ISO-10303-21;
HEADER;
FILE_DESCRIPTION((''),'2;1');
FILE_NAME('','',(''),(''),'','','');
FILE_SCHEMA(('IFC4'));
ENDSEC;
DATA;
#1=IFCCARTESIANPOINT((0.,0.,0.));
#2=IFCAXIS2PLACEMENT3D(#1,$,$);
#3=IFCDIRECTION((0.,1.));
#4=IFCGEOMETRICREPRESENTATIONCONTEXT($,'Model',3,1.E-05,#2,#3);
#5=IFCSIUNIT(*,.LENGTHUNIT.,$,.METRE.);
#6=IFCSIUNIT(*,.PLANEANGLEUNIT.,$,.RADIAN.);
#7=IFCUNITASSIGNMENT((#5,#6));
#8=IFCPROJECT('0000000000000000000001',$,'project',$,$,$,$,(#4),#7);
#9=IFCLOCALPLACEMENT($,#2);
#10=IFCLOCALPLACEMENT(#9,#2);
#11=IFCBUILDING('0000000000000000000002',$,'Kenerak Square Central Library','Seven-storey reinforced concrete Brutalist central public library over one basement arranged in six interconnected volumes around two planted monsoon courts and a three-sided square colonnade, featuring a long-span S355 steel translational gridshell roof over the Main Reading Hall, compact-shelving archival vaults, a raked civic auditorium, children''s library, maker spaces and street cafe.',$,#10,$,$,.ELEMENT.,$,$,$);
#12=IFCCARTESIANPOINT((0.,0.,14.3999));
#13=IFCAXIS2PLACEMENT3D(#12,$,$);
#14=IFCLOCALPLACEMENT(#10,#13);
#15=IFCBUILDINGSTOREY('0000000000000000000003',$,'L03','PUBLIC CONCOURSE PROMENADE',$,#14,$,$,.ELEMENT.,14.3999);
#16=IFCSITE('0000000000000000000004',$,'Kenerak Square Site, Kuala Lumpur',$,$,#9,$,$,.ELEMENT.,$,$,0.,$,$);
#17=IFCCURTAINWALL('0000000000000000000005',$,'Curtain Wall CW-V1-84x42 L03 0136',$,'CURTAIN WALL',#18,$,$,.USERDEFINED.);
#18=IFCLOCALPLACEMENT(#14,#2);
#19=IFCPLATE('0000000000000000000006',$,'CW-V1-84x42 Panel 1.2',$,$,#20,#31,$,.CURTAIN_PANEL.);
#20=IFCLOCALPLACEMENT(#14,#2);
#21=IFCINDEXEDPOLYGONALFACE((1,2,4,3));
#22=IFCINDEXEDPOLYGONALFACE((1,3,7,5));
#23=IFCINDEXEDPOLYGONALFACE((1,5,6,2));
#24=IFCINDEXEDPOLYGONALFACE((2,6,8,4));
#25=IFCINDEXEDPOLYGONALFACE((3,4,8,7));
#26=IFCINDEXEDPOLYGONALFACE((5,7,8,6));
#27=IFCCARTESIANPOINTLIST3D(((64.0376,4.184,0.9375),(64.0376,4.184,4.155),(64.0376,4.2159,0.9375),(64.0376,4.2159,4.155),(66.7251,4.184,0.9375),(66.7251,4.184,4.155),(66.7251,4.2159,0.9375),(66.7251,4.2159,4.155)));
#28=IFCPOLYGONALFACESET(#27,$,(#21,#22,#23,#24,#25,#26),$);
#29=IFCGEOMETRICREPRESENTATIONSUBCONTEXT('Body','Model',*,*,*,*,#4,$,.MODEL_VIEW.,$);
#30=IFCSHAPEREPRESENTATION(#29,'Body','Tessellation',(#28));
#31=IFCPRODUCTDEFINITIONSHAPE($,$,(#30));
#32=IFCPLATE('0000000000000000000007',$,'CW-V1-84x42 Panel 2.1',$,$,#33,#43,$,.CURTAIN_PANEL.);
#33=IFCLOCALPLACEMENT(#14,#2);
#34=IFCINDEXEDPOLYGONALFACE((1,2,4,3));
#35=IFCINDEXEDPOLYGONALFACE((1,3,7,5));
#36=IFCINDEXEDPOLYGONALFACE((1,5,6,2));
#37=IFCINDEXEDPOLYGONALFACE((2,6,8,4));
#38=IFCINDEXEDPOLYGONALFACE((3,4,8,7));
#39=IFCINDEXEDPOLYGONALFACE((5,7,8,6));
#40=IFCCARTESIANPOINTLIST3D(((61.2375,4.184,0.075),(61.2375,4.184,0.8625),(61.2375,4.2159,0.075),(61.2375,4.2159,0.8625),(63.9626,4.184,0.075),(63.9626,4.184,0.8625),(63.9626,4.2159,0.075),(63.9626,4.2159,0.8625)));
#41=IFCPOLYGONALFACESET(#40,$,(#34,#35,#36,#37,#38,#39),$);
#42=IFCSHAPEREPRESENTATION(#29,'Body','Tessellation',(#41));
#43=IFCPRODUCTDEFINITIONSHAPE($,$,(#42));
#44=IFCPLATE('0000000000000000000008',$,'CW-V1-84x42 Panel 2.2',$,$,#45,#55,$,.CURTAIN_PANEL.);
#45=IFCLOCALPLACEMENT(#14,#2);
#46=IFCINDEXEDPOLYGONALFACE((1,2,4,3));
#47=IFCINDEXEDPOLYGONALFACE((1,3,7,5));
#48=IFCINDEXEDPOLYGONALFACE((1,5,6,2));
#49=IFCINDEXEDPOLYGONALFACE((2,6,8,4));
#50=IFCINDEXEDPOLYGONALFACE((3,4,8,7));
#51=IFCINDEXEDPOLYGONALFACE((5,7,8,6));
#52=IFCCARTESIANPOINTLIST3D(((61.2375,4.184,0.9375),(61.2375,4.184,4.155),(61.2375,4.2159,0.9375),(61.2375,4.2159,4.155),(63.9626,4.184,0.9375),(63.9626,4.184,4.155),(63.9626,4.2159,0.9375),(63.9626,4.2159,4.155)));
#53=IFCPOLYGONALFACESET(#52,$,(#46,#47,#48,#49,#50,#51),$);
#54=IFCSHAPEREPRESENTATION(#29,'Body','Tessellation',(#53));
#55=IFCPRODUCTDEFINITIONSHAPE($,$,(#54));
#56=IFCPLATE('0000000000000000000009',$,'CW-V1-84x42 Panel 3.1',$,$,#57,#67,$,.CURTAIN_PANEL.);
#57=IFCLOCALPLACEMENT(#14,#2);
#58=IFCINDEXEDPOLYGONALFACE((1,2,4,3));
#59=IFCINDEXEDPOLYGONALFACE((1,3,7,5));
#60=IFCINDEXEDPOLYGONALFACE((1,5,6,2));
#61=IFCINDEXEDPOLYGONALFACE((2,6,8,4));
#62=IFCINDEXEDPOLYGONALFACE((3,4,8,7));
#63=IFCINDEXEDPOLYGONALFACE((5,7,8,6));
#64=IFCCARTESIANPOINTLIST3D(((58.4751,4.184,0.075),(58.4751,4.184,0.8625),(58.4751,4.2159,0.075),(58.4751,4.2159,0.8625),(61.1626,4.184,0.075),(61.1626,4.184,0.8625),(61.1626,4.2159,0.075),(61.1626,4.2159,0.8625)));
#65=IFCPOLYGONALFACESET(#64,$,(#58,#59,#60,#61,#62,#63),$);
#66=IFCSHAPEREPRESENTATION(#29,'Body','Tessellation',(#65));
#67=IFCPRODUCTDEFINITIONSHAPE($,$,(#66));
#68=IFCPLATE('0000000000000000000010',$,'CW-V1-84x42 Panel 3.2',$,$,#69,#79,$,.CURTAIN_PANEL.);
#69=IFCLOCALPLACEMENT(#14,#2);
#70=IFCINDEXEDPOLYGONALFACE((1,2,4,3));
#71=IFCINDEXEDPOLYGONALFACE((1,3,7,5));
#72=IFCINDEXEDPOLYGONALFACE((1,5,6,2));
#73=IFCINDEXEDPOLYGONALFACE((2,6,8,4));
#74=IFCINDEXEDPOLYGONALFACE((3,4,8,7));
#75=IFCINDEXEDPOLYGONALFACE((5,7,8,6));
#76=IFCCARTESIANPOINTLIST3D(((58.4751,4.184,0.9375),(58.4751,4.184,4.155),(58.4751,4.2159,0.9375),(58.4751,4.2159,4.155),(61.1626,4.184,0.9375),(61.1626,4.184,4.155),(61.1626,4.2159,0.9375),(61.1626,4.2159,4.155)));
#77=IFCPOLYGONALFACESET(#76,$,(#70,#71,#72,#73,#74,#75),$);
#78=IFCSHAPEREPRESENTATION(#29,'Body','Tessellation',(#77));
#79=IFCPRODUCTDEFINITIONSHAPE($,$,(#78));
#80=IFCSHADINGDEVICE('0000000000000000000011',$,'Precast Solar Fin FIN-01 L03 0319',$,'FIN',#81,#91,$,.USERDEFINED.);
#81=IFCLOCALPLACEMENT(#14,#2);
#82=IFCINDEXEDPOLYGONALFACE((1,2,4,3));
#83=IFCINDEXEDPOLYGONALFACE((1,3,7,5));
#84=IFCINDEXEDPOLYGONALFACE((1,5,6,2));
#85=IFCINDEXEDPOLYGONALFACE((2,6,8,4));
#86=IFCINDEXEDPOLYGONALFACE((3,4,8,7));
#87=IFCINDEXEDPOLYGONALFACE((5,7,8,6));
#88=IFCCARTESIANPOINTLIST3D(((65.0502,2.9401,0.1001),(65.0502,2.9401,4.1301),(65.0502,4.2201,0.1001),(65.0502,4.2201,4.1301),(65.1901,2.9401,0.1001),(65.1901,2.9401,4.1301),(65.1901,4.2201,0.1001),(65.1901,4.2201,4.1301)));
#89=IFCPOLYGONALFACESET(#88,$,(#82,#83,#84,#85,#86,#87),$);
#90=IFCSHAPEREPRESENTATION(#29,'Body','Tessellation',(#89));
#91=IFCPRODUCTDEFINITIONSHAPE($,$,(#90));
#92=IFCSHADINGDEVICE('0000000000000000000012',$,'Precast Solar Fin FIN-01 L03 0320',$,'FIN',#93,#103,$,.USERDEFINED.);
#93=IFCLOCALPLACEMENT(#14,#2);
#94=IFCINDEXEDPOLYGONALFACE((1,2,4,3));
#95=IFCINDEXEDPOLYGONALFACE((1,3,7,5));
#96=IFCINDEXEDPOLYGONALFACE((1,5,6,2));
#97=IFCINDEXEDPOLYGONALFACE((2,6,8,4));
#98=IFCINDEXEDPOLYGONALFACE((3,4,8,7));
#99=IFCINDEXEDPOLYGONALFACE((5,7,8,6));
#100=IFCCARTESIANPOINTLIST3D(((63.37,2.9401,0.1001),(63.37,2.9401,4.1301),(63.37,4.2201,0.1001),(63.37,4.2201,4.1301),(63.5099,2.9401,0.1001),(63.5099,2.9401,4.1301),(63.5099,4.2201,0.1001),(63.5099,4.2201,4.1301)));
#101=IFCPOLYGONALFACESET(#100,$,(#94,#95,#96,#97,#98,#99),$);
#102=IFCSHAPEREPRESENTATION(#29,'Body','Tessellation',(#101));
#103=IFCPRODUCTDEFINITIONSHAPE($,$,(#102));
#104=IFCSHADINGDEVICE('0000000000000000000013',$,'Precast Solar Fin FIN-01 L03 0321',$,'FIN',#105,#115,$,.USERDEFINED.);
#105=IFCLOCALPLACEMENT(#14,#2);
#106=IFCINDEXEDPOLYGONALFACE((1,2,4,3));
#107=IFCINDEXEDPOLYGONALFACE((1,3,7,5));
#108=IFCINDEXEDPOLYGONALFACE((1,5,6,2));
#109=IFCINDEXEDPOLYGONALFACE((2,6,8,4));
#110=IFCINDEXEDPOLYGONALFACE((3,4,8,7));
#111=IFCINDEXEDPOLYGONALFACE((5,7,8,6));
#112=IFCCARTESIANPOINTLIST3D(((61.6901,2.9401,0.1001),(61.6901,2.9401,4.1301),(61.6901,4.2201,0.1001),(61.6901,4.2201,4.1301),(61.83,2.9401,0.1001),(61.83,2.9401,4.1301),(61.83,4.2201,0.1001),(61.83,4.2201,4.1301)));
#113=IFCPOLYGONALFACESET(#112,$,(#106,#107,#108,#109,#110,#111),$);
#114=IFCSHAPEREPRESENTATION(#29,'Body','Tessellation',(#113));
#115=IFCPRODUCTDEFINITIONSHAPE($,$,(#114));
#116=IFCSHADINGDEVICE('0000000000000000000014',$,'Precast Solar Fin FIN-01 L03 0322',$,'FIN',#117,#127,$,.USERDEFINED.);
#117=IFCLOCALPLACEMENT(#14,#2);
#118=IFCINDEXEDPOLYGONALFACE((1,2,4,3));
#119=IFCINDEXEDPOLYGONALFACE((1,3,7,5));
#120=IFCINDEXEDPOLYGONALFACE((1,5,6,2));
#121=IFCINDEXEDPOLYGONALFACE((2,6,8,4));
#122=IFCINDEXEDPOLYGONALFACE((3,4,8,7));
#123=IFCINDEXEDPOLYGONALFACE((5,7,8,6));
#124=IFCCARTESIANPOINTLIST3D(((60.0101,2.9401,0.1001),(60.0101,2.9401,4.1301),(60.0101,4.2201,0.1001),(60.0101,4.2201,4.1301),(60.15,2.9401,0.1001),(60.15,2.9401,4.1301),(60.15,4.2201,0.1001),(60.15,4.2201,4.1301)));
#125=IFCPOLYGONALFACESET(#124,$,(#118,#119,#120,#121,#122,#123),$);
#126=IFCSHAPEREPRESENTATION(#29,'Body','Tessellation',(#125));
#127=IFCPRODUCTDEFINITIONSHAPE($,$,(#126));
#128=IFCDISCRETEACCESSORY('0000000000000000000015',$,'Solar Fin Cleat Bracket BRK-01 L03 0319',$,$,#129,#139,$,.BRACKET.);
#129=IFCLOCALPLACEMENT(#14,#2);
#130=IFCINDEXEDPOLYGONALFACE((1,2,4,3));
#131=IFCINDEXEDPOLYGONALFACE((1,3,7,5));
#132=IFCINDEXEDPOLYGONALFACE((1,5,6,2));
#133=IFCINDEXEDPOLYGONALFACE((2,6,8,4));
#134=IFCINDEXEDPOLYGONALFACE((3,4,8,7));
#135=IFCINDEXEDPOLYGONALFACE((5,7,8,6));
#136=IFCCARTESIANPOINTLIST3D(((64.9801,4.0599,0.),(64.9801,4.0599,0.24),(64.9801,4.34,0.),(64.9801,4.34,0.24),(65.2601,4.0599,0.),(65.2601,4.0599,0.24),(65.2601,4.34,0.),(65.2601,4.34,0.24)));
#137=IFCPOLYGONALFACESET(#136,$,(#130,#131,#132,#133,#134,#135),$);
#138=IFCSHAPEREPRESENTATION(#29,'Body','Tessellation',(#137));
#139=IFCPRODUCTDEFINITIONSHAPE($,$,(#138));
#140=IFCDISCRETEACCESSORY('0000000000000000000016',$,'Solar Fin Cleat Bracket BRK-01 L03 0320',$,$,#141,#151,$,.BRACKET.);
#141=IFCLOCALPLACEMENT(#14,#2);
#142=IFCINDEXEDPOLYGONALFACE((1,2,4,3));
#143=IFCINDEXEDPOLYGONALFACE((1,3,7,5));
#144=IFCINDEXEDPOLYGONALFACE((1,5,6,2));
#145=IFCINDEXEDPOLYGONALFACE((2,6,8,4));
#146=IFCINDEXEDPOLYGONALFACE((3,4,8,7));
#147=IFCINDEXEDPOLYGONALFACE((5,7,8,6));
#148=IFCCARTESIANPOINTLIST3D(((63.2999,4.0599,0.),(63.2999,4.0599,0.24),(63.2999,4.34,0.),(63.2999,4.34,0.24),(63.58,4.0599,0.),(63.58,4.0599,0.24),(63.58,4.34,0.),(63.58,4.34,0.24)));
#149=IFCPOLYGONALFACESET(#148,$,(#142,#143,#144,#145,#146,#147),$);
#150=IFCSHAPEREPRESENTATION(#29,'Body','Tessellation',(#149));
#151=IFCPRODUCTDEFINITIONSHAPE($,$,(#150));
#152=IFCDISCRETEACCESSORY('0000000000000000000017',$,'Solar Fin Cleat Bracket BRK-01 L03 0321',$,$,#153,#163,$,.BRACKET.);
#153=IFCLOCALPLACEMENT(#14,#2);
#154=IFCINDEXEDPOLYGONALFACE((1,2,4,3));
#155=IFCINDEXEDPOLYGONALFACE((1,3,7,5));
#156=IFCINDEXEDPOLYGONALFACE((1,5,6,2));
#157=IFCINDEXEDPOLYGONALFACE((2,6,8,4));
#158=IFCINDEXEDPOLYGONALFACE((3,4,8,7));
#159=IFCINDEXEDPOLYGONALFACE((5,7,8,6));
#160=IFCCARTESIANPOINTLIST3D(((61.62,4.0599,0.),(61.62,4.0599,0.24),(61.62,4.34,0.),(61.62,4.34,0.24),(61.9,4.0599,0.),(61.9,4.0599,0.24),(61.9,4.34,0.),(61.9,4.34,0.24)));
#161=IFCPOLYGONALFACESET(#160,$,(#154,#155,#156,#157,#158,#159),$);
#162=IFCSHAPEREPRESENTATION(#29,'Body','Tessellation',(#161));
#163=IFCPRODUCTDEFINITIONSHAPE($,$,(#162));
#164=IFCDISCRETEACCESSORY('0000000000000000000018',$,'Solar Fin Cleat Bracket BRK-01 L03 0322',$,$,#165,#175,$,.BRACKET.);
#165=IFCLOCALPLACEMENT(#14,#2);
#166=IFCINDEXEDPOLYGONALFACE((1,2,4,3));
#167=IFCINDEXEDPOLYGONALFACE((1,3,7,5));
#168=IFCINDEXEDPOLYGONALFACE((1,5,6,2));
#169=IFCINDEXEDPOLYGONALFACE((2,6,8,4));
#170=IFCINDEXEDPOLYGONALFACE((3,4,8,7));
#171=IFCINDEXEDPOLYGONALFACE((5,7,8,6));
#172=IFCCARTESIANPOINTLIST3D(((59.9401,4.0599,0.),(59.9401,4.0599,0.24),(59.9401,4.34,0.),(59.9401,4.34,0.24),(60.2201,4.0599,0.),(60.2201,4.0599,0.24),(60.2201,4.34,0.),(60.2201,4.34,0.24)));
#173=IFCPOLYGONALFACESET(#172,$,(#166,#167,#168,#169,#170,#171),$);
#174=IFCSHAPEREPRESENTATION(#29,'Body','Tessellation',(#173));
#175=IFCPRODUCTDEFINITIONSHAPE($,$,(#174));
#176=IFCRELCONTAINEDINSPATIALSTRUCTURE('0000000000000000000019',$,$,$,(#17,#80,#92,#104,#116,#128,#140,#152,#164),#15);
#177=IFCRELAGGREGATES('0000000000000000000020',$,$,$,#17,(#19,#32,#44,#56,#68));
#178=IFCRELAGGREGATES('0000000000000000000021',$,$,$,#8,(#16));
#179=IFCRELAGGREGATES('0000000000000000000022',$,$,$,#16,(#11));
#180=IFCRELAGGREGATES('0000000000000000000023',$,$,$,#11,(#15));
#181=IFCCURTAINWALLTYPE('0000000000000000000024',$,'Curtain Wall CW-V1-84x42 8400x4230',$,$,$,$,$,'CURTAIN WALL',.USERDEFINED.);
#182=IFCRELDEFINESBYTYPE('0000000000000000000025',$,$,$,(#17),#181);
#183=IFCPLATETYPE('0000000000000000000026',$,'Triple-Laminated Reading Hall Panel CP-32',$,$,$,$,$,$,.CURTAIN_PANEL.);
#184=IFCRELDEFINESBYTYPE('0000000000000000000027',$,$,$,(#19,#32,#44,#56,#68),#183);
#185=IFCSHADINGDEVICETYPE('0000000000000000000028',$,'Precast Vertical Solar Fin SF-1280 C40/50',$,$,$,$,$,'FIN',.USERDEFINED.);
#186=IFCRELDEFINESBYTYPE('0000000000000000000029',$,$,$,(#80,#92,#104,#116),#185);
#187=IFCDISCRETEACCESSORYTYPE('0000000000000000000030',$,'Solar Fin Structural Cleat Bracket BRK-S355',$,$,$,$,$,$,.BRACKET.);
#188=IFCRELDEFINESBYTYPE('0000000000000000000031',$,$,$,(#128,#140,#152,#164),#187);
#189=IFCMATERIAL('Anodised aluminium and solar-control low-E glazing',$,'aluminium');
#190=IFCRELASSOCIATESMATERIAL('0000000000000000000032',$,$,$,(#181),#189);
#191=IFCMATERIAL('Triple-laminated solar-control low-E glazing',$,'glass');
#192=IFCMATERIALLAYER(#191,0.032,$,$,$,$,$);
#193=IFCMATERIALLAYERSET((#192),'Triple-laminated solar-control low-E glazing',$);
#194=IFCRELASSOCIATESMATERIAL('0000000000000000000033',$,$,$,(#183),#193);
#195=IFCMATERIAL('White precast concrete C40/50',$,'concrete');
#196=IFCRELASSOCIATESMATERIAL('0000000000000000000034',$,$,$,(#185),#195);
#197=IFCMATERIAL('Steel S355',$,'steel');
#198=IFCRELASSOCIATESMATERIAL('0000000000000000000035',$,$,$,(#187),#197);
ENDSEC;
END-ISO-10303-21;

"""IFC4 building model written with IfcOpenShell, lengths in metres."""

from ifc_helpers import new_model, si_unit, direction, frame, origin, origin_2d, place, context, subcontext, project, spatial, rectangle, extrude, material, layer, layer_set, type_object, element, aggregate, save


model = new_model("IFC4")

# Units and contexts
model_context = context("Model", 3, precision=1e-05, world=origin(), true_north=direction((0.0, 1.0)))
body_context = subcontext(model_context, "Body", "Model", "MODEL_VIEW")
ifc_project = project(units=[si_unit("LENGTHUNIT", "METRE"), si_unit("PLANEANGLEUNIT", "RADIAN")], contexts=[model_context])

# Site, building, storey
site_placement = place(None, origin())
site = spatial("IfcSite", under=ifc_project, at=site_placement, Name="Kenerak Square Site, Kuala Lumpur", CompositionType="ELEMENT", RefElevation=0.0)
building_placement = place(site_placement, origin())
building = spatial("IfcBuilding", under=site, at=building_placement, Name="Kenerak Square Central Library", Description="Seven-storey reinforced concrete Brutalist central public library over one basement arranged in six interconnected volumes around two planted monsoon courts and a three-sided square colonnade, featuring a long-span S355 steel translational gridshell roof over the Main Reading Hall, compact-shelving archival vaults, a raked civic auditorium, children's library, maker spaces and street cafe.", CompositionType="ELEMENT")
storey_placement = place(building_placement, frame((0.0, 0.0, 14.3999)))
storey = spatial("IfcBuildingStorey", under=building, at=storey_placement, Name="L03", Description="PUBLIC CONCOURSE PROMENADE", CompositionType="ELEMENT", Elevation=14.3999)

# Curtain wall
ifc_material_1 = material(Name="Anodised aluminium and solar-control low-E glazing", Category="aluminium")
curtain_wall_type = type_object("IfcCurtainWallType", Name="Curtain Wall CW-V1-84x42 8400x4230", ElementType="CURTAIN WALL", PredefinedType="USERDEFINED", material=ifc_material_1)
curtain_wall_placement = place(storey_placement, origin())
curtain_wall = element("IfcCurtainWall", 1, at=curtain_wall_placement, inside=storey, type_object=curtain_wall_type, Name="Curtain Wall CW-V1-84x42 L03 0136", ObjectType="CURTAIN WALL", PredefinedType="USERDEFINED")

# Shared definitions
ifc_material_2 = material(Name="Steel S355", Category="steel")

# Plates
ifc_material_3 = material(Name="Triple-laminated solar-control low-E glazing", Category="glass")
ifc_layer = layer(ifc_material_3, 0.032)
ifc_layer_set = layer_set([ifc_layer], Name="Triple-laminated solar-control low-E glazing")
plate_type = type_object("IfcPlateType", Name="Triple-Laminated Reading Hall Panel CP-32", PredefinedType="CURTAIN_PANEL", material=ifc_layer_set)
plate_1_placement = place(storey_placement, frame((65.3813, 4.2, 0.9375), z_axis=(0.0, 0.0, 1.0), x_axis=(-1.0, 0.0, 0.0)))
plate_1 = element("IfcPlate", 2, at=plate_1_placement, type_object=plate_type, Name="CW-V1-84x42 Panel 1.2", PredefinedType="CURTAIN_PANEL", context=body_context, shape_type="SweptSolid", body=[
    extrude(rectangle(XDim=2.6875, YDim=0.032, at=origin_2d()), origin(), (0.0, 0.0, 1.0), 3.2175),
])
plate_2_placement = place(storey_placement, frame((62.6001, 4.2, 0.075), z_axis=(0.0, 0.0, 1.0), x_axis=(-1.0, 0.0, 0.0)))
plate_2 = element("IfcPlate", 3, at=plate_2_placement, type_object=plate_type, Name="CW-V1-84x42 Panel 2.1", PredefinedType="CURTAIN_PANEL", context=body_context, shape_type="SweptSolid", body=[
    extrude(rectangle(XDim=2.7251, YDim=0.032, at=origin_2d()), origin(), (0.0, 0.0, 1.0), 0.7876),
])
plate_3_placement = place(storey_placement, frame((62.6001, 4.2, 0.9375), z_axis=(0.0, 0.0, 1.0), x_axis=(-1.0, 0.0, 0.0)))
plate_3 = element("IfcPlate", 4, at=plate_3_placement, type_object=plate_type, Name="CW-V1-84x42 Panel 2.2", PredefinedType="CURTAIN_PANEL", context=body_context, shape_type="SweptSolid", body=[
    extrude(rectangle(XDim=2.7251, YDim=0.032, at=origin_2d()), origin(), (0.0, 0.0, 1.0), 3.2175),
])
plate_4_placement = place(storey_placement, frame((59.8188, 4.2, 0.075), z_axis=(0.0, 0.0, 1.0), x_axis=(-1.0, 0.0, 0.0)))
plate_4 = element("IfcPlate", 5, at=plate_4_placement, type_object=plate_type, Name="CW-V1-84x42 Panel 3.1", PredefinedType="CURTAIN_PANEL", context=body_context, shape_type="SweptSolid", body=[
    extrude(rectangle(XDim=2.6875, YDim=0.032, at=origin_2d()), origin(), (0.0, 0.0, 1.0), 0.7876),
])
plate_5_placement = place(storey_placement, frame((59.8188, 4.2, 0.9375), z_axis=(0.0, 0.0, 1.0), x_axis=(-1.0, 0.0, 0.0)))
plate_5 = element("IfcPlate", 6, at=plate_5_placement, type_object=plate_type, Name="CW-V1-84x42 Panel 3.2", PredefinedType="CURTAIN_PANEL", context=body_context, shape_type="SweptSolid", body=[
    extrude(rectangle(XDim=2.6875, YDim=0.032, at=origin_2d()), origin(), (0.0, 0.0, 1.0), 3.2175),
])
aggregate(curtain_wall, [plate_1, plate_2, plate_3, plate_4, plate_5])

# Shading devices
ifc_material_4 = material(Name="White precast concrete C40/50", Category="concrete")
shading_device_type = type_object("IfcShadingDeviceType", Name="Precast Vertical Solar Fin SF-1280 C40/50", ElementType="FIN", PredefinedType="USERDEFINED", material=ifc_material_4)
for number, where, z_axis, x_axis, name in (
    (7, (65.1201, 3.5801, 0.1001), (0.0, 0.0, 1.0), (-1.0, 0.0, 0.0), "Precast Solar Fin FIN-01 L03 0319"),
    (8, (63.4399, 3.5801, 0.1001), (0.0, 0.0, 1.0), (-1.0, 0.0, 0.0), "Precast Solar Fin FIN-01 L03 0320"),
    (9, (61.76, 3.5801, 0.1001), (0.0, 0.0, 1.0), (-1.0, 0.0, 0.0), "Precast Solar Fin FIN-01 L03 0321"),
    (10, (60.0801, 3.5801, 0.1001), (0.0, 0.0, 1.0), (-1.0, 0.0, 0.0), "Precast Solar Fin FIN-01 L03 0322"),
):
    element("IfcShadingDevice", number, at=place(storey_placement, frame(where, z_axis=z_axis, x_axis=x_axis)), inside=storey, type_object=shading_device_type, Name=name, ObjectType="FIN", PredefinedType="USERDEFINED", context=body_context, shape_type="SweptSolid", body=[
        extrude(rectangle(XDim=0.1399, YDim=1.28, at=origin_2d()), origin(), (0.0, 0.0, 1.0), 4.03),
    ])

# Discrete accessories
discrete_accessory_type = type_object("IfcDiscreteAccessoryType", Name="Solar Fin Structural Cleat Bracket BRK-S355", PredefinedType="BRACKET", material=ifc_material_2)
for number, where, z_axis, x_axis, name in (
    (11, (65.1201, 4.2, 0.0), (0.0, 0.0, 1.0), (-1.0, 0.0, 0.0), "Solar Fin Cleat Bracket BRK-01 L03 0319"),
    (12, (63.4399, 4.2, 0.0), (0.0, 0.0, 1.0), (-1.0, 0.0, 0.0), "Solar Fin Cleat Bracket BRK-01 L03 0320"),
    (13, (61.76, 4.2, 0.0), (0.0, 0.0, 1.0), (-1.0, 0.0, 0.0), "Solar Fin Cleat Bracket BRK-01 L03 0321"),
    (14, (60.0801, 4.2, 0.0), (0.0, 0.0, 1.0), (-1.0, 0.0, 0.0), "Solar Fin Cleat Bracket BRK-01 L03 0322"),
):
    element("IfcDiscreteAccessory", number, at=place(storey_placement, frame(where, z_axis=z_axis, x_axis=x_axis)), inside=storey, type_object=discrete_accessory_type, Name=name, PredefinedType="BRACKET", context=body_context, shape_type="SweptSolid", body=[
        extrude(rectangle(XDim=0.28, YDim=0.28, at=origin_2d()), origin(), (0.0, 0.0, 1.0), 0.24),
    ])

save(model, "model.ifc")
